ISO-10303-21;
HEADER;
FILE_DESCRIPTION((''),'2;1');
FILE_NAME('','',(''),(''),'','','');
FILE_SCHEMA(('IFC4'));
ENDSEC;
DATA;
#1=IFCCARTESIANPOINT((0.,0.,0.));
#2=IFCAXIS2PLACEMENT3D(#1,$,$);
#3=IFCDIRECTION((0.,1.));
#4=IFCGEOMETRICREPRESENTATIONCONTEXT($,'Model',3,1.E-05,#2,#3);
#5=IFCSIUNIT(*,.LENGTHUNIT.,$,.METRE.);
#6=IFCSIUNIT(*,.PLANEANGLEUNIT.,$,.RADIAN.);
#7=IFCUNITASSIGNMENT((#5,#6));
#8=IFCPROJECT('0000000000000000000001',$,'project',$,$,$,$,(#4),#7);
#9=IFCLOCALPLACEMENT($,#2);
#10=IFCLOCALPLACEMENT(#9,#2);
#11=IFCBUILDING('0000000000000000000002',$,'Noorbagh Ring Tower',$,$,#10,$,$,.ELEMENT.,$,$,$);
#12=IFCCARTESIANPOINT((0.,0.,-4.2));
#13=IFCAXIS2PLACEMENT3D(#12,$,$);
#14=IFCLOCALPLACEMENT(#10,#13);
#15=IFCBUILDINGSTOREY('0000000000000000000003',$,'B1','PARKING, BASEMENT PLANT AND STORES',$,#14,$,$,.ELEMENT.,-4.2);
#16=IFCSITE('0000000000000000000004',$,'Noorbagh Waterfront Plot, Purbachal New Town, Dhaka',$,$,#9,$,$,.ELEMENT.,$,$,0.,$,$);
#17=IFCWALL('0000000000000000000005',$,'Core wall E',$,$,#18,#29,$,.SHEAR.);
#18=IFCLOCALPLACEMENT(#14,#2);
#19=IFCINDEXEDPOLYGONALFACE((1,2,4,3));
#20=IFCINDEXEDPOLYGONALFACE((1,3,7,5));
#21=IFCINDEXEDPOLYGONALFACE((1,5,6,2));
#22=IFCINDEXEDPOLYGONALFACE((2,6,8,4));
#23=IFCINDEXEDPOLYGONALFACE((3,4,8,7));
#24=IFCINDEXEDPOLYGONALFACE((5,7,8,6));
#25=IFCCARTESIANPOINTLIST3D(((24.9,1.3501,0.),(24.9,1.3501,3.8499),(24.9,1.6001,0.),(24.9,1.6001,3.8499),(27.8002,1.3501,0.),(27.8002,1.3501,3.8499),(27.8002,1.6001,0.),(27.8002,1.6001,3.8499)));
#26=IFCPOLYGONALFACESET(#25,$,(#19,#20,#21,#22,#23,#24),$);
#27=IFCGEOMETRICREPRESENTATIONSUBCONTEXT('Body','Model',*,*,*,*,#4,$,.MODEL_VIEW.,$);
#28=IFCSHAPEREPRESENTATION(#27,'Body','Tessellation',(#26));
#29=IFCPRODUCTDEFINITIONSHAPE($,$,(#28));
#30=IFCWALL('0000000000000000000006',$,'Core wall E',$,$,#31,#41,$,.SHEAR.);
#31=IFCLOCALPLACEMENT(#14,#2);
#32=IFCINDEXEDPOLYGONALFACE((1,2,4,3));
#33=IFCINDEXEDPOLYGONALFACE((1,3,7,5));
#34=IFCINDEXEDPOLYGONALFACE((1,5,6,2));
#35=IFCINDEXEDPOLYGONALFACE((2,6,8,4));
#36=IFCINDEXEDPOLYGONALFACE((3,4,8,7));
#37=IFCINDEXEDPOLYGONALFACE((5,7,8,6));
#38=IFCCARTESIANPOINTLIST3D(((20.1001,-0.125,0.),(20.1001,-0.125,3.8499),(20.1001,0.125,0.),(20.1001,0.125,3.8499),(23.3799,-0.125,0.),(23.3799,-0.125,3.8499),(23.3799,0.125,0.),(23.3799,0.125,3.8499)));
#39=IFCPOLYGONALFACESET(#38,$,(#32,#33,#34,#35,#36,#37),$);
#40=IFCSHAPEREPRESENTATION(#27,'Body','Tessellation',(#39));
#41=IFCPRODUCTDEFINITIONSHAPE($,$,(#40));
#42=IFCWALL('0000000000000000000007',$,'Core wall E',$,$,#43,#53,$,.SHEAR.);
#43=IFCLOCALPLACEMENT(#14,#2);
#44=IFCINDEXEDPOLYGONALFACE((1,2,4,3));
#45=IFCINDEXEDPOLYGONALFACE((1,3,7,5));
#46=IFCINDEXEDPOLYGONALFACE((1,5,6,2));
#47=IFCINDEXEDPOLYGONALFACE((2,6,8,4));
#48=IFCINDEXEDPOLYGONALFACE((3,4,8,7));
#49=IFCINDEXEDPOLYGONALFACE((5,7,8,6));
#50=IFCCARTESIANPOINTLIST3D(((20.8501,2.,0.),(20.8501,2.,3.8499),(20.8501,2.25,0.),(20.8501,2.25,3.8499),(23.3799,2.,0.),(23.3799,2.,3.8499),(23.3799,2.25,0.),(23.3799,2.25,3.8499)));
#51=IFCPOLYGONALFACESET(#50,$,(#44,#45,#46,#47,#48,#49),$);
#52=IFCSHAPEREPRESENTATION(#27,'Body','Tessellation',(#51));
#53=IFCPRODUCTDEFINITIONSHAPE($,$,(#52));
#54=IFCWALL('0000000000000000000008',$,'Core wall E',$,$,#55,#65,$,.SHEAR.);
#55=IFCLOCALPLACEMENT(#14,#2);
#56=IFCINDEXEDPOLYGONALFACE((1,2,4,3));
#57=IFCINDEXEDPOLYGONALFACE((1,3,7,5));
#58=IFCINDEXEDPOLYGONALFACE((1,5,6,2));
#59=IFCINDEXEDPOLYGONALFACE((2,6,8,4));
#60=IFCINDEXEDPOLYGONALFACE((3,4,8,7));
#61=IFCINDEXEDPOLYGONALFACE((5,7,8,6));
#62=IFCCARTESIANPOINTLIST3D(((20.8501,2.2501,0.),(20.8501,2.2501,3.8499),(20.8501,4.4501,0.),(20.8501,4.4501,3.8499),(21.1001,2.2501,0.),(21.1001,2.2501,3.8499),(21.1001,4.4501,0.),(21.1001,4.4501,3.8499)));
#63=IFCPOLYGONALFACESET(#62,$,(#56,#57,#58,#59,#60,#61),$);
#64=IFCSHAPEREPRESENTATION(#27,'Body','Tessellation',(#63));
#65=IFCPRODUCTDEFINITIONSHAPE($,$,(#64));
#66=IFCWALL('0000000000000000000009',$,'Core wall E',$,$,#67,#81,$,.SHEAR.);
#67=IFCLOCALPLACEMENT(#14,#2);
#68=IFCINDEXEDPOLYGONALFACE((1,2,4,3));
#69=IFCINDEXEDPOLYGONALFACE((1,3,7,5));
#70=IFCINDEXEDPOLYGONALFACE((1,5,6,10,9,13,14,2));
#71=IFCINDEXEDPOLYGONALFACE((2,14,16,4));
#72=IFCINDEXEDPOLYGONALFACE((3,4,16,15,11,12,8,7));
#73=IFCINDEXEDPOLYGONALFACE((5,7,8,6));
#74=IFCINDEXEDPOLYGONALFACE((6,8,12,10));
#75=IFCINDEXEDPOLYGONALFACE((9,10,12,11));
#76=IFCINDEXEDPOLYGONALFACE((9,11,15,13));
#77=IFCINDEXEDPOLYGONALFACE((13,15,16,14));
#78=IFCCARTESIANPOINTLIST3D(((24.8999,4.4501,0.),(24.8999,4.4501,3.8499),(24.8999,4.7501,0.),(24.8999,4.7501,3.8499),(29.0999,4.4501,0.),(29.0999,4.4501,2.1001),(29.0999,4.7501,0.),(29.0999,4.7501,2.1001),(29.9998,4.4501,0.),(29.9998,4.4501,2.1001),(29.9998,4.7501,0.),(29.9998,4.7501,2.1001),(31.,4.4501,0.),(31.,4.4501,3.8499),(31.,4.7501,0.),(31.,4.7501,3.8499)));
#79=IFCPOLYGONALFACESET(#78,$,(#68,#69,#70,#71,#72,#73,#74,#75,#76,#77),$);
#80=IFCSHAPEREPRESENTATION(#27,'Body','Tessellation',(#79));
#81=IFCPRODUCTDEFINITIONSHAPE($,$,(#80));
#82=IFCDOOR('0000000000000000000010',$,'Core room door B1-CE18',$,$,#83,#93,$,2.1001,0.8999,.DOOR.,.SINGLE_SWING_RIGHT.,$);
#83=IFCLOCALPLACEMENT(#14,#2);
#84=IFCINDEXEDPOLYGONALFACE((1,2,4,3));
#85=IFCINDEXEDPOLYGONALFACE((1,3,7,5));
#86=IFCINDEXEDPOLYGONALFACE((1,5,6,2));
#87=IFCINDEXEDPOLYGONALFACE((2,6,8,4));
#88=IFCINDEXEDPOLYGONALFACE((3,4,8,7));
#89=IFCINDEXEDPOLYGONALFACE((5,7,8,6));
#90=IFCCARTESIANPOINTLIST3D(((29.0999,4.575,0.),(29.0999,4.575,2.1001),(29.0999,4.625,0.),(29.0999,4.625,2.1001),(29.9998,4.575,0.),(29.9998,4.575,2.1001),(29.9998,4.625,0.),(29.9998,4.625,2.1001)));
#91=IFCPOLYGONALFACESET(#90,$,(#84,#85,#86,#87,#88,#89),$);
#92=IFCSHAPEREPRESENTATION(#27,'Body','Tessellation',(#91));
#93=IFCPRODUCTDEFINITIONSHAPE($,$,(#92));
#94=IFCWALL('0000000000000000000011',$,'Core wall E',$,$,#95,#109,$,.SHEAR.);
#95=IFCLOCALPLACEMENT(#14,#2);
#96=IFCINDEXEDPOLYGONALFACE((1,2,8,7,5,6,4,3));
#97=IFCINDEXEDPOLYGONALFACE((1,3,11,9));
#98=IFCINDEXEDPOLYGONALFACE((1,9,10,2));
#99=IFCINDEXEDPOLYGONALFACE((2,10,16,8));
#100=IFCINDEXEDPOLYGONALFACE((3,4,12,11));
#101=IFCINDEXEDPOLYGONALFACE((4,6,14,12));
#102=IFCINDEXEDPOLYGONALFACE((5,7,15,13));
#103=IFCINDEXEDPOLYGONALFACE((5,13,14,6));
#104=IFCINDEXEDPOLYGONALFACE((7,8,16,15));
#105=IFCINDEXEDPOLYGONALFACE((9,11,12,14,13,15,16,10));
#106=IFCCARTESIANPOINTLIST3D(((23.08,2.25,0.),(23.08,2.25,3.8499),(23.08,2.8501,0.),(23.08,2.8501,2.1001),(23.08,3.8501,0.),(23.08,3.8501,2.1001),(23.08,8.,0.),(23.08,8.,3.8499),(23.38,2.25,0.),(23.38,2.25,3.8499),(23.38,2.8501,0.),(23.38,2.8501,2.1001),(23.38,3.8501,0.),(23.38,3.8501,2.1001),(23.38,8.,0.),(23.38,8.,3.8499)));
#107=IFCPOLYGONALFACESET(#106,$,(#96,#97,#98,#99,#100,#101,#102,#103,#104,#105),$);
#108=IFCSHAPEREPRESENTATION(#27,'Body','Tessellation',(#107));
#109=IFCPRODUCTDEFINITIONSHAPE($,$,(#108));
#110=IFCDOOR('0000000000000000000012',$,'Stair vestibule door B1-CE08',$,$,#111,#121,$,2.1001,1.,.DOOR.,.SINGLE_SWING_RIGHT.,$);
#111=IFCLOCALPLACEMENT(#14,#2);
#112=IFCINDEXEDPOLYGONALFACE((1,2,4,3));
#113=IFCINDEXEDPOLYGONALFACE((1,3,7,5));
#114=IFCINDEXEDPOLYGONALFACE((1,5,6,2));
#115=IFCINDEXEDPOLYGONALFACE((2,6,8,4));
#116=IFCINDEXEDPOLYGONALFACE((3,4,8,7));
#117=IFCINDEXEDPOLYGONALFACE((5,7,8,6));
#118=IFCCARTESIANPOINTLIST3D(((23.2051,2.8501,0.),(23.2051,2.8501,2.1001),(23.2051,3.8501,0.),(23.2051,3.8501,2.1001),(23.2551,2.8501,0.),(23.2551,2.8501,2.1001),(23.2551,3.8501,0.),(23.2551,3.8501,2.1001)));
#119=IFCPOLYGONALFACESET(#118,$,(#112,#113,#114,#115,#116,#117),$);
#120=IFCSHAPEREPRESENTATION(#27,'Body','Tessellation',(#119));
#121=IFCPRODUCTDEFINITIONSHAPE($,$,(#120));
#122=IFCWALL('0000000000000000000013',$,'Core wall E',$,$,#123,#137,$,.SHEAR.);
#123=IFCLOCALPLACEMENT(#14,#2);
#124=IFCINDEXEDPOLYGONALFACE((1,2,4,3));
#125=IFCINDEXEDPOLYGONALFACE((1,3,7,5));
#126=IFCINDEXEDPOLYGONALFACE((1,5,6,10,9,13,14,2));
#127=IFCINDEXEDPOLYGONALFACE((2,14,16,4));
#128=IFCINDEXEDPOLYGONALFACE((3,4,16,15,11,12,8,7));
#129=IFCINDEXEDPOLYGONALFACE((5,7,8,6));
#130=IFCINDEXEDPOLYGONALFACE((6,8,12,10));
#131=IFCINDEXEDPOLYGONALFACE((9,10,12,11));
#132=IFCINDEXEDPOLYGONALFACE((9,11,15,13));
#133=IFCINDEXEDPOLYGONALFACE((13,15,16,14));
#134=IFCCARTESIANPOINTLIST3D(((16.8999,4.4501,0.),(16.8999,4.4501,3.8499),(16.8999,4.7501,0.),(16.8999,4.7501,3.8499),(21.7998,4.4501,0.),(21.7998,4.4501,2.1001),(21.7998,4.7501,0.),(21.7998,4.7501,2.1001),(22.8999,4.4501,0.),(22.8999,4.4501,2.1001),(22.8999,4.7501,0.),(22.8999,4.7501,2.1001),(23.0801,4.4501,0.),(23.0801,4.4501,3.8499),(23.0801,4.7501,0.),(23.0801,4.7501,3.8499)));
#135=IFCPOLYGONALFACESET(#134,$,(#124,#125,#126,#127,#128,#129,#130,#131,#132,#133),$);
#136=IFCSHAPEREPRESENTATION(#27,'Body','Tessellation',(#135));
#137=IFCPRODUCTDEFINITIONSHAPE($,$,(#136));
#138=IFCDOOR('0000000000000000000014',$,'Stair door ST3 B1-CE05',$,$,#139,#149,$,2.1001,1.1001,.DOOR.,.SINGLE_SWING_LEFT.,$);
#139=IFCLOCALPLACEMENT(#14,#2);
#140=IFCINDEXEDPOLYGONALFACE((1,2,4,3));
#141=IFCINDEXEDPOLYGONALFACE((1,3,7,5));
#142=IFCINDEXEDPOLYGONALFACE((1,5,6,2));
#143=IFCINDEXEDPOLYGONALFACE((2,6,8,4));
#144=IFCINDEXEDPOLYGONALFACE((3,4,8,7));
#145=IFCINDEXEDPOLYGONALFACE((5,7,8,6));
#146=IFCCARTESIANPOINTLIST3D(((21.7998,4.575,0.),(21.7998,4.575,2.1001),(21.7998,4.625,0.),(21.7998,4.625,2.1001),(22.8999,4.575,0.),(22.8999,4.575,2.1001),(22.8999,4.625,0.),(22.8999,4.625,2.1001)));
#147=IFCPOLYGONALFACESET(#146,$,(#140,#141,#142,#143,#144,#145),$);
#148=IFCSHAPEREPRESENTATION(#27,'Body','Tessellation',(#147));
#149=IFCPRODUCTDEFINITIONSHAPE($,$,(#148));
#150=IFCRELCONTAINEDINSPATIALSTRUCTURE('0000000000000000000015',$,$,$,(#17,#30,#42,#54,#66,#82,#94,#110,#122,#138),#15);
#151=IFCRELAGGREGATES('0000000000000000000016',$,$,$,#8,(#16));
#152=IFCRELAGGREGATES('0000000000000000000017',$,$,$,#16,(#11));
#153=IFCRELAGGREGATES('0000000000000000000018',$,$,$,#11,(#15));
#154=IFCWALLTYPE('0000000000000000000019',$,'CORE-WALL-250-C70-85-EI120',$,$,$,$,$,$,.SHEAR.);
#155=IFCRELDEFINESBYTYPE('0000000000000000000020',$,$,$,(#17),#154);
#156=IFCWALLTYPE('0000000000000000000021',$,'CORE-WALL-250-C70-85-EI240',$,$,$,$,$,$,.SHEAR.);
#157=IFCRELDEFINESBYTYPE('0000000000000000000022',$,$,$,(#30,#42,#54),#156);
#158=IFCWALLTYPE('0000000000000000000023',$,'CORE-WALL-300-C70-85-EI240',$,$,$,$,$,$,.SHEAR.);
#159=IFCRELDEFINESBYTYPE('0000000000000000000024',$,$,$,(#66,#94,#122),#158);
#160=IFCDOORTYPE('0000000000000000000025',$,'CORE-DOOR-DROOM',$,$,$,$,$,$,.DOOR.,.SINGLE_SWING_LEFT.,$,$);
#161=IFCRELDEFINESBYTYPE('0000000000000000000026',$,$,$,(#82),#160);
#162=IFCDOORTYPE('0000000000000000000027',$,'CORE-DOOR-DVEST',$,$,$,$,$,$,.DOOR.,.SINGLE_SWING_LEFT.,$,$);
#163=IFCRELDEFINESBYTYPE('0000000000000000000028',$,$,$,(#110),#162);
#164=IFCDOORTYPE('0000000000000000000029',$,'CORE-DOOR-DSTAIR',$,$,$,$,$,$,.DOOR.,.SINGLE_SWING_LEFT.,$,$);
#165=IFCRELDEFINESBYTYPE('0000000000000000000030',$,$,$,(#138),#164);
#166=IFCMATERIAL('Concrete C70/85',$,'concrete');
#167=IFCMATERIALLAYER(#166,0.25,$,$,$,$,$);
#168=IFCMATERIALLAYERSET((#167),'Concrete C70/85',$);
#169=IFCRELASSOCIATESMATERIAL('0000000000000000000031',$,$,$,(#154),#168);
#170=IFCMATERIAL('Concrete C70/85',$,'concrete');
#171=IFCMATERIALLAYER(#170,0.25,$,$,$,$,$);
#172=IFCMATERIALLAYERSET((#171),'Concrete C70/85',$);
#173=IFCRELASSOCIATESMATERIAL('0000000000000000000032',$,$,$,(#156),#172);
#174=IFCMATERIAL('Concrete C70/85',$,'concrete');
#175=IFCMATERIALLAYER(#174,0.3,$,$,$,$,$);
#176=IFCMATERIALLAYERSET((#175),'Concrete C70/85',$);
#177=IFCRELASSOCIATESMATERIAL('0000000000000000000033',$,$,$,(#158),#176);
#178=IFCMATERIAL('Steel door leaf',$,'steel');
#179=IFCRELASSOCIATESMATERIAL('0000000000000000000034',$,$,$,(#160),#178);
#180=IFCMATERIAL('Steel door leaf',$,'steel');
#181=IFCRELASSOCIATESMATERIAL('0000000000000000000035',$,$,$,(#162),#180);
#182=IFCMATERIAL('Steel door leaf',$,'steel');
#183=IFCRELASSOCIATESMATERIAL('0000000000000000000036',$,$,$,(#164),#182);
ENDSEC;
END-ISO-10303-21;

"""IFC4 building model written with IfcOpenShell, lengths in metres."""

from ifc_helpers import new_model, si_unit, direction, frame, frame_2d, origin, place, context, subcontext, project, spatial, rectangle, extrude, material, layer, layer_set, type_object, element, fill, save


model = new_model("IFC4")

# Units and contexts
model_context = context("Model", 3, precision=1e-05, world=origin(), true_north=direction((0.0, 1.0)))
body_context = subcontext(model_context, "Body", "Model", "MODEL_VIEW")
ifc_project = project(units=[si_unit("LENGTHUNIT", "METRE"), si_unit("PLANEANGLEUNIT", "RADIAN")], contexts=[model_context])

# Site, building, storey
site_placement = place(None, origin())
site = spatial("IfcSite", under=ifc_project, at=site_placement, Name="Noorbagh Waterfront Plot, Purbachal New Town, Dhaka", CompositionType="ELEMENT", RefElevation=0.0)
building_placement = place(site_placement, origin())
building = spatial("IfcBuilding", under=site, at=building_placement, Name="Noorbagh Ring Tower", CompositionType="ELEMENT")
storey_placement = place(building_placement, frame((0.0, 0.0, -4.2)))
storey = spatial("IfcBuildingStorey", under=building, at=storey_placement, Name="B1", Description="PARKING, BASEMENT PLANT AND STORES", CompositionType="ELEMENT", Elevation=-4.2)

# Walls
ifc_material_1 = material(Name="Concrete C70/85", Category="concrete")
ifc_layer_1 = layer(ifc_material_1, 0.25)
ifc_layer_set_1 = layer_set([ifc_layer_1], Name="Concrete C70/85")
wall_type_1 = type_object("IfcWallType", Name="CORE-WALL-250-C70-85-EI120", PredefinedType="SHEAR", material=ifc_layer_set_1)
wall_1_placement = place(storey_placement, frame((24.8999, 1.4751, 0.0), z_axis=(0.0, 0.0, 1.0), x_axis=(1.0, 0.0, 0.0)))
element("IfcWall", 1, at=wall_1_placement, inside=storey, type_object=wall_type_1, Name="Core wall E", PredefinedType="SHEAR", context=body_context, shape_type="SweptSolid", body=[
    extrude(rectangle(XDim=2.9001, YDim=0.25, at=frame_2d((1.4502, 0.0))), origin(), (0.0, 0.0, 1.0), 3.8499),
])
ifc_material_2 = material(Name="Concrete C70/85", Category="concrete")
ifc_layer_2 = layer(ifc_material_2, 0.25)
ifc_layer_set_2 = layer_set([ifc_layer_2], Name="Concrete C70/85")
wall_type_2 = type_object("IfcWallType", Name="CORE-WALL-250-C70-85-EI240", PredefinedType="SHEAR", material=ifc_layer_set_2)
wall_2_placement = place(storey_placement, frame((20.1001, 0.0, 0.0), z_axis=(0.0, 0.0, 1.0), x_axis=(1.0, 0.0, 0.0)))
element("IfcWall", 2, at=wall_2_placement, inside=storey, type_object=wall_type_2, Name="Core wall E", PredefinedType="SHEAR", context=body_context, shape_type="SweptSolid", body=[
    extrude(rectangle(XDim=3.2798, YDim=0.25, at=frame_2d((1.6399, 0.0))), origin(), (0.0, 0.0, 1.0), 3.8499),
])
wall_3_placement = place(storey_placement, frame((20.8501, 2.125, 0.0), z_axis=(0.0, 0.0, 1.0), x_axis=(1.0, 0.0, 0.0)))
element("IfcWall", 3, at=wall_3_placement, inside=storey, type_object=wall_type_2, Name="Core wall E", PredefinedType="SHEAR", context=body_context, shape_type="SweptSolid", body=[
    extrude(rectangle(XDim=2.5298, YDim=0.25, at=frame_2d((1.2649, 0.0))), origin(), (0.0, 0.0, 1.0), 3.8499),
])
wall_4_placement = place(storey_placement, frame((20.9751, 2.25, 0.0), z_axis=(0.0, 0.0, 1.0), x_axis=(0.0, 1.0, 0.0)))
element("IfcWall", 4, at=wall_4_placement, inside=storey, type_object=wall_type_2, Name="Core wall E", PredefinedType="SHEAR", context=body_context, shape_type="SweptSolid", body=[
    extrude(rectangle(XDim=2.2, YDim=0.25, at=frame_2d((1.1001, 0.0))), origin(), (0.0, 0.0, 1.0), 3.8499),
])

# Walls, openings, doors
ifc_material_3 = material(Name="Concrete C70/85", Category="concrete")
ifc_layer_3 = layer(ifc_material_3, 0.3)
ifc_layer_set_3 = layer_set([ifc_layer_3], Name="Concrete C70/85")
wall_type_3 = type_object("IfcWallType", Name="CORE-WALL-300-C70-85-EI240", PredefinedType="SHEAR", material=ifc_layer_set_3)
wall_5_placement = place(storey_placement, frame((24.8999, 4.6001, 0.0), z_axis=(0.0, 0.0, 1.0), x_axis=(1.0, 0.0, 0.0)))
wall_5 = element("IfcWall", 5, at=wall_5_placement, inside=storey, type_object=wall_type_3, Name="Core wall E", PredefinedType="SHEAR", context=body_context, shape_type="SweptSolid", body=[
    extrude(rectangle(XDim=6.1001, YDim=0.3, at=frame_2d((3.05, 0.0))), origin(), (0.0, 0.0, 1.0), 3.8499),
])
opening_1_placement = place(wall_5_placement, frame((4.2, 0.0, 0.0)))
opening_1 = element("IfcOpeningElement", 6, at=opening_1_placement, cuts=wall_5, PredefinedType="OPENING", context=body_context, shape_type="SweptSolid", body=[
    extrude(rectangle(XDim=0.8999, YDim=2.1001, at=frame_2d((0.45, 1.05))), frame((0.0, 0.1602, 0.0), z_axis=(0.0, -1.0, 0.0), x_axis=(1.0, 0.0, 0.0)), (0.0, 0.0, 1.0), 0.3201),
])
ifc_material_4 = material(Name="Steel door leaf", Category="steel")
door_type_1 = type_object("IfcDoorType", Name="CORE-DOOR-DROOM", OperationType="SINGLE_SWING_LEFT", PredefinedType="DOOR", material=ifc_material_4)
door_1_placement = place(opening_1_placement, origin())
door_1 = element("IfcDoor", 7, at=door_1_placement, inside=storey, type_object=door_type_1, Name="Core room door B1-CE18", OperationType="SINGLE_SWING_RIGHT", OverallHeight=2.1001, OverallWidth=0.8999, PredefinedType="DOOR", context=body_context, shape_type="SweptSolid", body=[
    extrude(rectangle(XDim=0.8999, YDim=2.1001, at=frame_2d((0.45, 1.05))), frame((0.0, 0.0249, 0.0), z_axis=(0.0, -1.0, 0.0), x_axis=(1.0, 0.0, 0.0)), (0.0, 0.0, 1.0), 0.05),
])
fill(opening_1, door_1)
wall_6_placement = place(storey_placement, frame((23.23, 2.25, 0.0), z_axis=(0.0, 0.0, 1.0), x_axis=(0.0, 1.0, 0.0)))
wall_6 = element("IfcWall", 8, at=wall_6_placement, inside=storey, type_object=wall_type_3, Name="Core wall E", PredefinedType="SHEAR", context=body_context, shape_type="SweptSolid", body=[
    extrude(rectangle(XDim=5.75, YDim=0.3, at=frame_2d((2.875, 0.0))), origin(), (0.0, 0.0, 1.0), 3.8499),
])
opening_2_placement = place(wall_6_placement, frame((0.6001, 0.0, 0.0)))
opening_2 = element("IfcOpeningElement", 9, at=opening_2_placement, cuts=wall_6, PredefinedType="OPENING", context=body_context, shape_type="SweptSolid", body=[
    extrude(rectangle(XDim=1.0, YDim=2.1001, at=frame_2d((0.5, 1.05))), frame((0.0, 0.1602, 0.0), z_axis=(0.0, -1.0, 0.0), x_axis=(1.0, 0.0, 0.0)), (0.0, 0.0, 1.0), 0.3201),
])
ifc_material_5 = material(Name="Steel door leaf", Category="steel")
door_type_2 = type_object("IfcDoorType", Name="CORE-DOOR-DVEST", OperationType="SINGLE_SWING_LEFT", PredefinedType="DOOR", material=ifc_material_5)
door_2_placement = place(opening_2_placement, origin())
door_2 = element("IfcDoor", 10, at=door_2_placement, inside=storey, type_object=door_type_2, Name="Stair vestibule door B1-CE08", OperationType="SINGLE_SWING_RIGHT", OverallHeight=2.1001, OverallWidth=1.0, PredefinedType="DOOR", context=body_context, shape_type="SweptSolid", body=[
    extrude(rectangle(XDim=1.0, YDim=2.1001, at=frame_2d((0.5, 1.05))), frame((0.0, 0.0249, 0.0), z_axis=(0.0, -1.0, 0.0), x_axis=(1.0, 0.0, 0.0)), (0.0, 0.0, 1.0), 0.05),
])
fill(opening_2, door_2)
wall_7_placement = place(storey_placement, frame((16.8999, 4.6001, 0.0), z_axis=(0.0, 0.0, 1.0), x_axis=(1.0, 0.0, 0.0)))
wall_7 = element("IfcWall", 11, at=wall_7_placement, inside=storey, type_object=wall_type_3, Name="Core wall E", PredefinedType="SHEAR", context=body_context, shape_type="SweptSolid", body=[
    extrude(rectangle(XDim=6.1802, YDim=0.3, at=frame_2d((3.0901, 0.0))), origin(), (0.0, 0.0, 1.0), 3.8499),
])
opening_3_placement = place(wall_7_placement, frame((4.8999, 0.0, 0.0)))
opening_3 = element("IfcOpeningElement", 12, at=opening_3_placement, cuts=wall_7, PredefinedType="OPENING", context=body_context, shape_type="SweptSolid", body=[
    extrude(rectangle(XDim=1.1001, YDim=2.1001, at=frame_2d((0.55, 1.05))), frame((0.0, 0.1602, 0.0), z_axis=(0.0, -1.0, 0.0), x_axis=(1.0, 0.0, 0.0)), (0.0, 0.0, 1.0), 0.3201),
])
ifc_material_6 = material(Name="Steel door leaf", Category="steel")
door_type_3 = type_object("IfcDoorType", Name="CORE-DOOR-DSTAIR", OperationType="SINGLE_SWING_LEFT", PredefinedType="DOOR", material=ifc_material_6)
door_3_placement = place(opening_3_placement, origin())
door_3 = element("IfcDoor", 13, at=door_3_placement, inside=storey, type_object=door_type_3, Name="Stair door ST3 B1-CE05", OperationType="SINGLE_SWING_LEFT", OverallHeight=2.1001, OverallWidth=1.1001, PredefinedType="DOOR", context=body_context, shape_type="SweptSolid", body=[
    extrude(rectangle(XDim=1.1001, YDim=2.1001, at=frame_2d((0.55, 1.05))), frame((0.0, 0.0249, 0.0), z_axis=(0.0, -1.0, 0.0), x_axis=(1.0, 0.0, 0.0)), (0.0, 0.0, 1.0), 0.05),
])
fill(opening_3, door_3)

save(model, "model.ifc")
